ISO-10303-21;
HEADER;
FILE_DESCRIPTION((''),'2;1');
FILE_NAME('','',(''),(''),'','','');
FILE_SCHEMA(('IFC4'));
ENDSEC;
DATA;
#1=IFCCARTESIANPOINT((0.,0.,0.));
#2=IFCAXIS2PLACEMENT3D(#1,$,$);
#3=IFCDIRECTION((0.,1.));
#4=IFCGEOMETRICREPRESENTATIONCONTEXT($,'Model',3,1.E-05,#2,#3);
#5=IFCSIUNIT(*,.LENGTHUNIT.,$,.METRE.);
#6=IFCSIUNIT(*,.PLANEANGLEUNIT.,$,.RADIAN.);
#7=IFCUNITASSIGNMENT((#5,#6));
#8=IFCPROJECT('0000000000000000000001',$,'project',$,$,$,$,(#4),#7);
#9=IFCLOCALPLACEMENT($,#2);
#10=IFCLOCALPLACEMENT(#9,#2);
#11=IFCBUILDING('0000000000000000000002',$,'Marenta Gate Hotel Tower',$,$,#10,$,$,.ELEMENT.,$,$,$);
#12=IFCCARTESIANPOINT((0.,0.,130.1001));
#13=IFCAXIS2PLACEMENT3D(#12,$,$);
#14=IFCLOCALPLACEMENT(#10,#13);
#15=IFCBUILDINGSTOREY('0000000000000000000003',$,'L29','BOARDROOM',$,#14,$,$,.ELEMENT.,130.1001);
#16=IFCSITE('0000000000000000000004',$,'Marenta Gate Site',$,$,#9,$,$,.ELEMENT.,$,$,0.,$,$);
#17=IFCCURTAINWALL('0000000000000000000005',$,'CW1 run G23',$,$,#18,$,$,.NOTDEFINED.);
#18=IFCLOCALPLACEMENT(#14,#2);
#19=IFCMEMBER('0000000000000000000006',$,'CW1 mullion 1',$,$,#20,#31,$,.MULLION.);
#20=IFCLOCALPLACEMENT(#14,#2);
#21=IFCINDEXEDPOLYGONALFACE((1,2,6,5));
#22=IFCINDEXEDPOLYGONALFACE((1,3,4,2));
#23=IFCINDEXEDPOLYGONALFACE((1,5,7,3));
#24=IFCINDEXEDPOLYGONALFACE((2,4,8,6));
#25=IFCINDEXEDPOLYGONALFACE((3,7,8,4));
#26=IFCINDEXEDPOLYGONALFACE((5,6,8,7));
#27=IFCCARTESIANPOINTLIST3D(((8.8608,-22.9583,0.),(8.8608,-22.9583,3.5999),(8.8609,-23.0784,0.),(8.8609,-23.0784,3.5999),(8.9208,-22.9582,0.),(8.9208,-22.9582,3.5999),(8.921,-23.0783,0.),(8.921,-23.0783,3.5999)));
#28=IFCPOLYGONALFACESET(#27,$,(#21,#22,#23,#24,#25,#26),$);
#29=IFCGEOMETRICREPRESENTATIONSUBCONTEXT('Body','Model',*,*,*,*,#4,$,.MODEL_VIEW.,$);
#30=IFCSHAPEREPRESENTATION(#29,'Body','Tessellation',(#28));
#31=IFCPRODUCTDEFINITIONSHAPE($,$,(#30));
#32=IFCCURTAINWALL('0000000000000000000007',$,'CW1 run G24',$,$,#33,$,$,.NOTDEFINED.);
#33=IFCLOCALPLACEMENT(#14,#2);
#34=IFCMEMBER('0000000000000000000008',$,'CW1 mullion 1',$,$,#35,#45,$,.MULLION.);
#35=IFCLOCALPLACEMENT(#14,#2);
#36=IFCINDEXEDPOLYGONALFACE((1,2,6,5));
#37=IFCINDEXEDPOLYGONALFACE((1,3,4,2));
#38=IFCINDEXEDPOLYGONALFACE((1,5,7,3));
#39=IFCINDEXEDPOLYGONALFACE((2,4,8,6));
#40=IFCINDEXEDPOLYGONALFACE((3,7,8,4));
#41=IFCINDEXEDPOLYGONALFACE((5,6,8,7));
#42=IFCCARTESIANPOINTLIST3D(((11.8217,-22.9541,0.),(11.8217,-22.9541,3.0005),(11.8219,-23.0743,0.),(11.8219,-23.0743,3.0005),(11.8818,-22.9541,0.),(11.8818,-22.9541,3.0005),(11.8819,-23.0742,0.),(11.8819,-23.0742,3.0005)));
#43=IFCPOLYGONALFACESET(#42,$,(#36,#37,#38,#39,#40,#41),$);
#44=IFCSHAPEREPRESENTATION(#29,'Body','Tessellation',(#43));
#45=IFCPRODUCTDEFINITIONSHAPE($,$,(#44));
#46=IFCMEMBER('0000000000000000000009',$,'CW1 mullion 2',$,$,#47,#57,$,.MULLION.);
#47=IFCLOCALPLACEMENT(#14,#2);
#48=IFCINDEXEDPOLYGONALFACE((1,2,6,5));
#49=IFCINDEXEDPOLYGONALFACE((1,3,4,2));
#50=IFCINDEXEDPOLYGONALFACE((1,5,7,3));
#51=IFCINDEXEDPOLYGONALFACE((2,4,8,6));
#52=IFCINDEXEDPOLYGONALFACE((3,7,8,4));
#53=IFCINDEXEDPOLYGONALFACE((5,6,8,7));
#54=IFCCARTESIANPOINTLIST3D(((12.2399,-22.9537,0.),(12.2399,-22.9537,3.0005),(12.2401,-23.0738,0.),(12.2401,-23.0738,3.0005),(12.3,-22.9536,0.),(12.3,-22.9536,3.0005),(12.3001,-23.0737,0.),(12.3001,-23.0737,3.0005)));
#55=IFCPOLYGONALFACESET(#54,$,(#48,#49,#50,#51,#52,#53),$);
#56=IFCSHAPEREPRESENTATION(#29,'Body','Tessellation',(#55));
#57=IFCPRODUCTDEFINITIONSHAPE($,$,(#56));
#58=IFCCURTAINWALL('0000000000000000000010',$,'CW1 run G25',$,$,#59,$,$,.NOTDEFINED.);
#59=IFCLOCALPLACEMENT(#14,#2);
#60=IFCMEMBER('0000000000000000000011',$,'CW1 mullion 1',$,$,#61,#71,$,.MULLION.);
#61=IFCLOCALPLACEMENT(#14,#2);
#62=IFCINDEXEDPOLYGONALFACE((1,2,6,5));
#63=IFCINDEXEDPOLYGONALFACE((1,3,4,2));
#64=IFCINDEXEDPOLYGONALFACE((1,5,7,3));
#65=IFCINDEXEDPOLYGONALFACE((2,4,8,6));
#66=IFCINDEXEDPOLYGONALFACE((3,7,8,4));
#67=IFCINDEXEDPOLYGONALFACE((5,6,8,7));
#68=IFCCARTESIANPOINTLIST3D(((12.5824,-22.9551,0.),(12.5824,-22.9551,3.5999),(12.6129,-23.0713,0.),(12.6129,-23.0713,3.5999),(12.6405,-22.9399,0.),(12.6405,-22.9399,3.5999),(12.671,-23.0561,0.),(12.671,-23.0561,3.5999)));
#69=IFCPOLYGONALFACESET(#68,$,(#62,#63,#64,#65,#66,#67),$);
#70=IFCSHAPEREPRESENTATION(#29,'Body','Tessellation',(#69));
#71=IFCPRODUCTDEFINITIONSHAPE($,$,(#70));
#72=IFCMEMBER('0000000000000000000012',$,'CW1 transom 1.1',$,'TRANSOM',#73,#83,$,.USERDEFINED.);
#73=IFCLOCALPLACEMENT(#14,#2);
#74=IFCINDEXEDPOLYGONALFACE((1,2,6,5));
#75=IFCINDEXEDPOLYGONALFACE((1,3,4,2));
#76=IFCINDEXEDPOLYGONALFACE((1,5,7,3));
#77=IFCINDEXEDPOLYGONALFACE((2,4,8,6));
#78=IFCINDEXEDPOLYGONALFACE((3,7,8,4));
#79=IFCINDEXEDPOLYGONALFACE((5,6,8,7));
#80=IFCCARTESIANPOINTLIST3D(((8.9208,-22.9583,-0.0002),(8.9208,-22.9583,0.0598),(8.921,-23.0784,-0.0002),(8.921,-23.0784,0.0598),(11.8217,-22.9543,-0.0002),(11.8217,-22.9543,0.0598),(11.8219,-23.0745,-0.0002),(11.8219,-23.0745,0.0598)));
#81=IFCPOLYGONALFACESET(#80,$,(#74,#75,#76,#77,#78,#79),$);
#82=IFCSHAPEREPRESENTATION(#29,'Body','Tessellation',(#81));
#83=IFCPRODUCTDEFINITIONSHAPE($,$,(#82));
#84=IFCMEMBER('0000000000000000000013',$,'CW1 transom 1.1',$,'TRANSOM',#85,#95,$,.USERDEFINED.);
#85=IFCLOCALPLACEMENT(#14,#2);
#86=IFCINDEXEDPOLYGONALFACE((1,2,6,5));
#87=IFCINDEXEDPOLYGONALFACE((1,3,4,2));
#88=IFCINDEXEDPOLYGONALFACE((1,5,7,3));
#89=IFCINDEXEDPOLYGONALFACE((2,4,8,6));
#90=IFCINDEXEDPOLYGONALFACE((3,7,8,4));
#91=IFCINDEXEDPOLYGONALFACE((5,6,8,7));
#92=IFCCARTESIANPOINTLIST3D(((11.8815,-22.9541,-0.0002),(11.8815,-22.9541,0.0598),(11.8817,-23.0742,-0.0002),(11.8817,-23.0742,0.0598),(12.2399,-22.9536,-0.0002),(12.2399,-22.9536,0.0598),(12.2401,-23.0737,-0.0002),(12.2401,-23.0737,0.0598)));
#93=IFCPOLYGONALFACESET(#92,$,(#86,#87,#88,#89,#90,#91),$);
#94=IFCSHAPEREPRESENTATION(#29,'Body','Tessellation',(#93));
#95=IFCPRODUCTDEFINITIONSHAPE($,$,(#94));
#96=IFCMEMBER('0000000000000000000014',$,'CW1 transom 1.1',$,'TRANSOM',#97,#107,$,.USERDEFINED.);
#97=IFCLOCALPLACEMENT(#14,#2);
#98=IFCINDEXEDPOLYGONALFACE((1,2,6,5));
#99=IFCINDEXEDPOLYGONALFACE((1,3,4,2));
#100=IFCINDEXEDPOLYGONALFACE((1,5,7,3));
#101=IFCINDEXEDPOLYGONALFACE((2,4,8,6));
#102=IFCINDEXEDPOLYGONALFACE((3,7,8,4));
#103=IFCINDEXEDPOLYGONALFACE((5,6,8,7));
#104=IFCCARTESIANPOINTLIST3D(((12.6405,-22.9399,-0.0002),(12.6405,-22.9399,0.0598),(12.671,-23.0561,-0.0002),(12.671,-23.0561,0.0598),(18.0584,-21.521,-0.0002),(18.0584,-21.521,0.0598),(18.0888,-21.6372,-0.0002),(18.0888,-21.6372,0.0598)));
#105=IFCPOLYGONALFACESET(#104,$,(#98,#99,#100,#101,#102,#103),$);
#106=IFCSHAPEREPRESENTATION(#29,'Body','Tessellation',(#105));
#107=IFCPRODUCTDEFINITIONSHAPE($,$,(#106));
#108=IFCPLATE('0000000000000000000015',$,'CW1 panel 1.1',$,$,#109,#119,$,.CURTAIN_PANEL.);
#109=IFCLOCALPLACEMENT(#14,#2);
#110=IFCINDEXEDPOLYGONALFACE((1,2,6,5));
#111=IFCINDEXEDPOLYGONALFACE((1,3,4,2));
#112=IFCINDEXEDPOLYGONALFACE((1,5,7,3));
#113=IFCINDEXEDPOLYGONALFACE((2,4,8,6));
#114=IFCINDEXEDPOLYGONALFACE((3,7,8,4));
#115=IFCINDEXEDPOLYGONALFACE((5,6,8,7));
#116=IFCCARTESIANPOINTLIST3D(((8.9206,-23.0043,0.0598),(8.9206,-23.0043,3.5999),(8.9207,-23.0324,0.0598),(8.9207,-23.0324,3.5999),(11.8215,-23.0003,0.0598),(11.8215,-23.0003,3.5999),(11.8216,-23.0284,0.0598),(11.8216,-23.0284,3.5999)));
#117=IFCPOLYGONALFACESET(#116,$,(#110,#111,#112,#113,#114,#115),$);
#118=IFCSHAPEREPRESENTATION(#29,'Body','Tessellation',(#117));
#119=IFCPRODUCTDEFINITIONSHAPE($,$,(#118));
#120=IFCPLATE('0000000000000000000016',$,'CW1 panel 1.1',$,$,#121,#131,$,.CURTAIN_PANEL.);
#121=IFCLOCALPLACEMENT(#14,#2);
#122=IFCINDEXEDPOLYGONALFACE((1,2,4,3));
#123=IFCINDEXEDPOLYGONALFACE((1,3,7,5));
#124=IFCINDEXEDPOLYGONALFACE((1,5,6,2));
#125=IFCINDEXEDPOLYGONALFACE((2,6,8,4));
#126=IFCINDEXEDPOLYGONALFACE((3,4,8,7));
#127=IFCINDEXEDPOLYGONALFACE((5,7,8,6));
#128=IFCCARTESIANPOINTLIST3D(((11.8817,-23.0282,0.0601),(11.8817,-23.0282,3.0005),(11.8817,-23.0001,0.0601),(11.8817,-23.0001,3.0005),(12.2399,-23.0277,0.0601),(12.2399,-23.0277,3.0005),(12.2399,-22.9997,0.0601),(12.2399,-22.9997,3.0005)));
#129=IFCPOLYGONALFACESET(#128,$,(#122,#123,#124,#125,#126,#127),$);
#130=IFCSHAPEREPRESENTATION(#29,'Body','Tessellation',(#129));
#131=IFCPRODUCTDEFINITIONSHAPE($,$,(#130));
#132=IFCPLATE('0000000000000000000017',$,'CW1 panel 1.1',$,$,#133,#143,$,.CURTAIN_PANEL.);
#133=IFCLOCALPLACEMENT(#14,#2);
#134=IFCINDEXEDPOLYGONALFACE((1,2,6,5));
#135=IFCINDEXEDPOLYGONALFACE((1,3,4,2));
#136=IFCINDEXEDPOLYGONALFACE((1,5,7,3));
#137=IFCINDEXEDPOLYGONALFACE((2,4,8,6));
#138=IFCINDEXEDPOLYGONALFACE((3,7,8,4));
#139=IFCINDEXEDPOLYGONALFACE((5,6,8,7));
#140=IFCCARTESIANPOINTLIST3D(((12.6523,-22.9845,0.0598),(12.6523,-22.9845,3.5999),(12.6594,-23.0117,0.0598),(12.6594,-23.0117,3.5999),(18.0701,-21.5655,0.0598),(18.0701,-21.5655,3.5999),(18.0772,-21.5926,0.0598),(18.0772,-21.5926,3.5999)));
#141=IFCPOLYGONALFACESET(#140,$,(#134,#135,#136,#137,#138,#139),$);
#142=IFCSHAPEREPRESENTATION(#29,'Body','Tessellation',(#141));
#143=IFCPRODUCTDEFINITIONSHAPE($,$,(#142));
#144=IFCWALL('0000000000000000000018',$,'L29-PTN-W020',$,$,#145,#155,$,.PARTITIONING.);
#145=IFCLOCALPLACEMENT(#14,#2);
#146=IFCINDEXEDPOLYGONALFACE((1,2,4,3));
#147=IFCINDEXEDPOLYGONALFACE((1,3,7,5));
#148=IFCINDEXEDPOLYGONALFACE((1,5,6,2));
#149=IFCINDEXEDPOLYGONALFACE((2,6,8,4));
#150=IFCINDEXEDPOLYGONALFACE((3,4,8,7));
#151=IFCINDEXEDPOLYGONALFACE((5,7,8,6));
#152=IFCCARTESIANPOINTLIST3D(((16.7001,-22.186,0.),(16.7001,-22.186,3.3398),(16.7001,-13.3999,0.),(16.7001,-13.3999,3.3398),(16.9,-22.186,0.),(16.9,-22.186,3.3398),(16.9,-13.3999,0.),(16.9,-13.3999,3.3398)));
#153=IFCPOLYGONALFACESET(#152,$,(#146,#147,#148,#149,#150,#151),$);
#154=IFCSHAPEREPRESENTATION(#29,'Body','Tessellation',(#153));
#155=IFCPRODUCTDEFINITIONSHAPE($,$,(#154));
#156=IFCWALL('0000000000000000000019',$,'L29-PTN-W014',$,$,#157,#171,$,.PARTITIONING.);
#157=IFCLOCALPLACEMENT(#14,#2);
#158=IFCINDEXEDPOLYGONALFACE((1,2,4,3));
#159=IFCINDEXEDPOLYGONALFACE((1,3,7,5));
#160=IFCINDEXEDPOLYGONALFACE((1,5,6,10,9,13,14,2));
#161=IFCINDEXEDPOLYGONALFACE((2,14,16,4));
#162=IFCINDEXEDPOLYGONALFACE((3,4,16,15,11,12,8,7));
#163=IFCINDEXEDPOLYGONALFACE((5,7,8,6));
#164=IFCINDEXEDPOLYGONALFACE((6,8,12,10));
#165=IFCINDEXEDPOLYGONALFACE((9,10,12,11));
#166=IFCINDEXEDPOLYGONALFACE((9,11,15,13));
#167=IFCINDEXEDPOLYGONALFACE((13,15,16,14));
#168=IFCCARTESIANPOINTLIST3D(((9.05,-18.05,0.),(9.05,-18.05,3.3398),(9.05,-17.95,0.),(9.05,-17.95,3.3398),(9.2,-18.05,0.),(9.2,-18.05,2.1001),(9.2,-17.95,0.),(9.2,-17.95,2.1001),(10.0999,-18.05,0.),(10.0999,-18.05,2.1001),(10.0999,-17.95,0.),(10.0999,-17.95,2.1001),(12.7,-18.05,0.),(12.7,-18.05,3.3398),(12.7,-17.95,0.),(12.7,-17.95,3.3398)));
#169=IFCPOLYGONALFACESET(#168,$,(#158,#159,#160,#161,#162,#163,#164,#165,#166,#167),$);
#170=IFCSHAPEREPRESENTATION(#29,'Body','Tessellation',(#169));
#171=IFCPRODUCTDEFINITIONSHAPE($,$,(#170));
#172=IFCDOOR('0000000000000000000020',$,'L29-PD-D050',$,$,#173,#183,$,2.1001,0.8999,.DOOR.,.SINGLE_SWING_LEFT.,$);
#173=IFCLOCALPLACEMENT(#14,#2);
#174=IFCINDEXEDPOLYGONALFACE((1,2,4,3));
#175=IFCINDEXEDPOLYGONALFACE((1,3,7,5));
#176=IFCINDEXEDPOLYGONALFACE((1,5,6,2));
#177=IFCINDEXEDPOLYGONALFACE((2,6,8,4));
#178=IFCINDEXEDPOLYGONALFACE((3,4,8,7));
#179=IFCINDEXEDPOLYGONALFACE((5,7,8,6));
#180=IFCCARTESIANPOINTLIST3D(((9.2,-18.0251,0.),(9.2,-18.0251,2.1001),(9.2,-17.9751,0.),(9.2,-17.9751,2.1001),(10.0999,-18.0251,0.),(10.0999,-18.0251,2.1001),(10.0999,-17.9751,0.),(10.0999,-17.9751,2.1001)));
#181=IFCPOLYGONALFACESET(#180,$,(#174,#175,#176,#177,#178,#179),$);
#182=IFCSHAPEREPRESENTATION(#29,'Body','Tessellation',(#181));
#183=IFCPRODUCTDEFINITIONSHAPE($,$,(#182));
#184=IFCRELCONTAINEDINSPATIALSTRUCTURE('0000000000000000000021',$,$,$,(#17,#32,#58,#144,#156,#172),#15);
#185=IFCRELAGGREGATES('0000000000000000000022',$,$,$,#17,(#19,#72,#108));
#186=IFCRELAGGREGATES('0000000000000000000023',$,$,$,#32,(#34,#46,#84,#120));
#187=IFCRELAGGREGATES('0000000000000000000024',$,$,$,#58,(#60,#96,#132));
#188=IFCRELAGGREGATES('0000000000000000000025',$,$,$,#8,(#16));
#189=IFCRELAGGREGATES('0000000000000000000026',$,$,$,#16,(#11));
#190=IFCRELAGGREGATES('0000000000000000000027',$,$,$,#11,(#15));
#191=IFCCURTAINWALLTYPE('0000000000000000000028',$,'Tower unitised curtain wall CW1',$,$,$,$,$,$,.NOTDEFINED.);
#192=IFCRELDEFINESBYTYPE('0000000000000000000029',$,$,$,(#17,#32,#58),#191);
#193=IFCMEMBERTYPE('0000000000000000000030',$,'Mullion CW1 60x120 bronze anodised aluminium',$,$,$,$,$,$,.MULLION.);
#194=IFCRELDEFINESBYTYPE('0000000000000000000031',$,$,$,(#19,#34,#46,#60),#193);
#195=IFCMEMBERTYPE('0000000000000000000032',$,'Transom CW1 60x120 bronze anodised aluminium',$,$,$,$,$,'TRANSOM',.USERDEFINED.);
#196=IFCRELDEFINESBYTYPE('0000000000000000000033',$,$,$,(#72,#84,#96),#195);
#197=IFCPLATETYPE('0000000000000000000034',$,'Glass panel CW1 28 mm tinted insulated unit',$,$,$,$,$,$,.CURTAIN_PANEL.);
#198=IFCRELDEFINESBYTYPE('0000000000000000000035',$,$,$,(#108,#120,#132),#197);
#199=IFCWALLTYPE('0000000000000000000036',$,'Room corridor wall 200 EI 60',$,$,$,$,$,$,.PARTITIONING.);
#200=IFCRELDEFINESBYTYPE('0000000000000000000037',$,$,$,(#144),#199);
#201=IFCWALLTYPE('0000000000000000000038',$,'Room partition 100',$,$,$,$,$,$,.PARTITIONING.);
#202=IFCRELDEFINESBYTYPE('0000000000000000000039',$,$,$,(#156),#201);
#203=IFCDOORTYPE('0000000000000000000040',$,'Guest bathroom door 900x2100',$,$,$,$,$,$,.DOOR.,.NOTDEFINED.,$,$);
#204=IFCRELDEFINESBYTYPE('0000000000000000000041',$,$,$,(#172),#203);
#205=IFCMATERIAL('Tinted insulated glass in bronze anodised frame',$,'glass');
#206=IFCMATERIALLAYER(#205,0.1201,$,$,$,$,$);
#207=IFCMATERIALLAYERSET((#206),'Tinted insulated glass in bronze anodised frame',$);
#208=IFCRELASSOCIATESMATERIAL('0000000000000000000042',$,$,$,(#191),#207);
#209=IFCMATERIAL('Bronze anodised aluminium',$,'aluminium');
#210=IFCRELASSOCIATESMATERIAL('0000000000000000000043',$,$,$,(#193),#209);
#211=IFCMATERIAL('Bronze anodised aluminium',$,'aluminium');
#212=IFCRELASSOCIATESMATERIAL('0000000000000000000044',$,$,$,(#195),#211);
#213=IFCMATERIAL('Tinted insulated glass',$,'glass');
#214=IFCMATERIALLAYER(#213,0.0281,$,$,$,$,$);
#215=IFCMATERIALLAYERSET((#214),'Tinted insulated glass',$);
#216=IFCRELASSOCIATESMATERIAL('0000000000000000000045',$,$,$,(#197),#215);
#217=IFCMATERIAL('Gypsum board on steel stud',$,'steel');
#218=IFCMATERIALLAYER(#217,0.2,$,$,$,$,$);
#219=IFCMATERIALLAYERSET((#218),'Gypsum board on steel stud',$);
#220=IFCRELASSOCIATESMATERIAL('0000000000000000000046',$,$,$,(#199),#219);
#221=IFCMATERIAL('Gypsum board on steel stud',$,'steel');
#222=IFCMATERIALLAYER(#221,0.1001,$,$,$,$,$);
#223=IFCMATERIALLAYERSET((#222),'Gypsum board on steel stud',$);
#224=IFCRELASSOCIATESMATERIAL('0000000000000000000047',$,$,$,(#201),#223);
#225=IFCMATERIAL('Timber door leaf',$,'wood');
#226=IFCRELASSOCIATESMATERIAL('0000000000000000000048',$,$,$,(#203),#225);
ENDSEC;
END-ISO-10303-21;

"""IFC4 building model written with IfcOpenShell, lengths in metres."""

from ifc_helpers import new_model, si_unit, direction, frame, frame_2d, origin, origin_2d, place, context, subcontext, project, spatial, rectangle, extrude, material, layer, layer_set, material_profile, profile_set, type_object, element, fill, aggregate, save


model = new_model("IFC4")

# Units and contexts
model_context = context("Model", 3, precision=1e-05, world=origin(), true_north=direction((0.0, 1.0)))
body_context = subcontext(model_context, "Body", "Model", "MODEL_VIEW")
ifc_project = project(units=[si_unit("LENGTHUNIT", "METRE"), si_unit("PLANEANGLEUNIT", "RADIAN")], contexts=[model_context])

# Site, building, storey
site_placement = place(None, origin())
site = spatial("IfcSite", under=ifc_project, at=site_placement, Name="Marenta Gate Site", CompositionType="ELEMENT", RefElevation=0.0)
building_placement = place(site_placement, origin())
building = spatial("IfcBuilding", under=site, at=building_placement, Name="Marenta Gate Hotel Tower", CompositionType="ELEMENT")
storey_placement = place(building_placement, frame((0.0, 0.0, 130.1001)))
storey = spatial("IfcBuildingStorey", under=building, at=storey_placement, Name="L29", Description="BOARDROOM", CompositionType="ELEMENT", Elevation=130.1001)

# Curtain wall, member
ifc_material_1 = material(Name="Tinted insulated glass in bronze anodised frame", Category="glass")
ifc_layer_1 = layer(ifc_material_1, 0.1201)
ifc_layer_set_1 = layer_set([ifc_layer_1], Name="Tinted insulated glass in bronze anodised frame")
curtain_wall_type = type_object("IfcCurtainWallType", Name="Tower unitised curtain wall CW1", PredefinedType="NOTDEFINED", material=ifc_layer_set_1)
curtain_wall_1_placement = place(storey_placement, origin())
curtain_wall_1 = element("IfcCurtainWall", 1, at=curtain_wall_1_placement, inside=storey, type_object=curtain_wall_type, Name="CW1 run G23", PredefinedType="NOTDEFINED")
ifc_material_2 = material(Name="Bronze anodised aluminium", Category="aluminium")
ifc_material_profile_1 = material_profile(ifc_material_2, rectangle(XDim=0.1201, YDim=0.0601, at=origin_2d()), Name="Mullion CW1 60x120 bronze anodised aluminium")
ifc_profile_set_1 = profile_set([ifc_material_profile_1], Name="Bronze anodised aluminium")
member_type_1 = type_object("IfcMemberType", Name="Mullion CW1 60x120 bronze anodised aluminium", PredefinedType="MULLION", material=ifc_profile_set_1)
member_1_placement = place(storey_placement, frame((8.8909, -23.0183, 0.0), z_axis=(0.0, 0.0, 1.0), x_axis=(-0.001385, 0.999999, 0.0)))
member_1 = element("IfcMember", 2, at=member_1_placement, type_object=member_type_1, Name="CW1 mullion 1", PredefinedType="MULLION", context=body_context, shape_type="SweptSolid", body=[
    extrude(rectangle(XDim=0.1201, YDim=0.0601, at=origin_2d()), origin(), (0.0, 0.0, 1.0), 3.5999),
])

# Curtain wall, members
curtain_wall_2_placement = place(storey_placement, origin())
curtain_wall_2 = element("IfcCurtainWall", 3, at=curtain_wall_2_placement, inside=storey, type_object=curtain_wall_type, Name="CW1 run G24", PredefinedType="NOTDEFINED")
member_2_placement = place(storey_placement, frame((11.8518, -23.0142, 0.0), z_axis=(0.0, 0.0, 1.0), x_axis=(-0.001255, 0.999999, 0.0)))
member_2 = element("IfcMember", 4, at=member_2_placement, type_object=member_type_1, Name="CW1 mullion 1", PredefinedType="MULLION", context=body_context, shape_type="SweptSolid", body=[
    extrude(rectangle(XDim=0.1201, YDim=0.0601, at=origin_2d()), origin(), (0.0, 0.0, 1.0), 3.0005),
])
member_3_placement = place(storey_placement, frame((12.27, -23.0137, 0.0), z_axis=(0.0, 0.0, 1.0), x_axis=(-0.001255, 0.999999, 0.0)))
member_3 = element("IfcMember", 5, at=member_3_placement, type_object=member_type_1, Name="CW1 mullion 2", PredefinedType="MULLION", context=body_context, shape_type="SweptSolid", body=[
    extrude(rectangle(XDim=0.1201, YDim=0.0601, at=origin_2d()), origin(), (0.0, 0.0, 1.0), 3.0005),
])

# Curtain wall, member
curtain_wall_3_placement = place(storey_placement, origin())
curtain_wall_3 = element("IfcCurtainWall", 6, at=curtain_wall_3_placement, inside=storey, type_object=curtain_wall_type, Name="CW1 run G25", PredefinedType="NOTDEFINED")
member_4_placement = place(storey_placement, frame((12.6267, -23.0056, 0.0), z_axis=(0.0, 0.0, 1.0), x_axis=(-0.253374, 0.967368, 0.0)))
member_4 = element("IfcMember", 7, at=member_4_placement, type_object=member_type_1, Name="CW1 mullion 1", PredefinedType="MULLION", context=body_context, shape_type="SweptSolid", body=[
    extrude(rectangle(XDim=0.1201, YDim=0.0601, at=origin_2d()), origin(), (0.0, 0.0, 1.0), 3.5999),
])

# Members
ifc_material_3 = material(Name="Bronze anodised aluminium", Category="aluminium")
ifc_material_profile_2 = material_profile(ifc_material_3, rectangle(XDim=0.1201, YDim=0.0601, at=origin_2d()), Name="Transom CW1 60x120 bronze anodised aluminium")
ifc_profile_set_2 = profile_set([ifc_material_profile_2], Name="Bronze anodised aluminium")
member_type_2 = type_object("IfcMemberType", Name="Transom CW1 60x120 bronze anodised aluminium", ElementType="TRANSOM", PredefinedType="USERDEFINED", material=ifc_profile_set_2)
member_5_placement = place(storey_placement, frame((8.9209, -23.0183, 0.0298), z_axis=(0.999999, 0.001347, 0.0), x_axis=(-0.001347, 0.999999, 0.0)))
member_5 = element("IfcMember", 8, at=member_5_placement, type_object=member_type_2, Name="CW1 transom 1.1", ObjectType="TRANSOM", PredefinedType="USERDEFINED", context=body_context, shape_type="SweptSolid", body=[
    extrude(rectangle(XDim=0.1201, YDim=0.0601, at=origin_2d()), origin(), (0.0, 0.0, 1.0), 2.9009),
])
member_6_placement = place(storey_placement, frame((11.8816, -23.0142, 0.0298), z_axis=(0.999999, 0.001362, 0.0), x_axis=(-0.001362, 0.999999, 0.0)))
member_6 = element("IfcMember", 9, at=member_6_placement, type_object=member_type_2, Name="CW1 transom 1.1", ObjectType="TRANSOM", PredefinedType="USERDEFINED", context=body_context, shape_type="SweptSolid", body=[
    extrude(rectangle(XDim=0.1201, YDim=0.0601, at=origin_2d()), origin(), (0.0, 0.0, 1.0), 0.3584),
])
member_7_placement = place(storey_placement, frame((12.6558, -22.998, 0.0298), z_axis=(0.967374, 0.253352, 0.0), x_axis=(-0.253352, 0.967374, 0.0)))
member_7 = element("IfcMember", 10, at=member_7_placement, type_object=member_type_2, Name="CW1 transom 1.1", ObjectType="TRANSOM", PredefinedType="USERDEFINED", context=body_context, shape_type="SweptSolid", body=[
    extrude(rectangle(XDim=0.1201, YDim=0.0601, at=origin_2d()), origin(), (0.0, 0.0, 1.0), 5.6006),
])

# Plates
ifc_material_4 = material(Name="Tinted insulated glass", Category="glass")
ifc_layer_2 = layer(ifc_material_4, 0.0281)
ifc_layer_set_2 = layer_set([ifc_layer_2], Name="Tinted insulated glass")
plate_type = type_object("IfcPlateType", Name="Glass panel CW1 28 mm tinted insulated unit", PredefinedType="CURTAIN_PANEL", material=ifc_layer_set_2)
plate_1_placement = place(storey_placement, frame((10.3711, -23.0164, 0.0598), z_axis=(0.0, 0.0, 1.0), x_axis=(0.999999, 0.001385, 0.0)))
plate_1 = element("IfcPlate", 11, at=plate_1_placement, type_object=plate_type, Name="CW1 panel 1.1", PredefinedType="CURTAIN_PANEL", context=body_context, shape_type="SweptSolid", body=[
    extrude(rectangle(XDim=2.9009, YDim=0.0281, at=origin_2d()), origin(), (0.0, 0.0, 1.0), 3.54),
])
aggregate(curtain_wall_1, [member_1, member_5, plate_1])
plate_2_placement = place(storey_placement, frame((12.0608, -23.0139, 0.0601), z_axis=(0.0, 0.0, 1.0), x_axis=(0.999999, 0.001255, 0.0)))
plate_2 = element("IfcPlate", 12, at=plate_2_placement, type_object=plate_type, Name="CW1 panel 1.1", PredefinedType="CURTAIN_PANEL", context=body_context, shape_type="SweptSolid", body=[
    extrude(rectangle(XDim=0.3582, YDim=0.0281, at=origin_2d()), origin(), (0.0, 0.0, 1.0), 2.9404),
])
aggregate(curtain_wall_2, [member_2, member_3, member_6, plate_2])
plate_3_placement = place(storey_placement, frame((15.3647, -22.2886, 0.0598), z_axis=(0.0, 0.0, 1.0), x_axis=(0.967368, 0.253374, 0.0)))
plate_3 = element("IfcPlate", 13, at=plate_3_placement, type_object=plate_type, Name="CW1 panel 1.1", PredefinedType="CURTAIN_PANEL", context=body_context, shape_type="SweptSolid", body=[
    extrude(rectangle(XDim=5.6006, YDim=0.0281, at=origin_2d()), origin(), (0.0, 0.0, 1.0), 3.54),
])
aggregate(curtain_wall_3, [member_4, member_7, plate_3])

# Wall
ifc_material_5 = material(Name="Gypsum board on steel stud", Category="steel")
ifc_layer_3 = layer(ifc_material_5, 0.2)
ifc_layer_set_3 = layer_set([ifc_layer_3], Name="Gypsum board on steel stud")
wall_type_1 = type_object("IfcWallType", Name="Room corridor wall 200 EI 60", PredefinedType="PARTITIONING", material=ifc_layer_set_3)
wall_1_placement = place(storey_placement, frame((16.8, -22.186, 0.0), z_axis=(0.0, 0.0, 1.0), x_axis=(0.0, 1.0, 0.0)))
element("IfcWall", 14, at=wall_1_placement, inside=storey, type_object=wall_type_1, Name="L29-PTN-W020", PredefinedType="PARTITIONING", context=body_context, shape_type="SweptSolid", body=[
    extrude(rectangle(XDim=8.7861, YDim=0.2, at=frame_2d((4.3931, 0.0))), origin(), (0.0, 0.0, 1.0), 3.3398),
])

# Wall, opening, door
ifc_material_6 = material(Name="Gypsum board on steel stud", Category="steel")
ifc_layer_4 = layer(ifc_material_6, 0.1001)
ifc_layer_set_4 = layer_set([ifc_layer_4], Name="Gypsum board on steel stud")
wall_type_2 = type_object("IfcWallType", Name="Room partition 100", PredefinedType="PARTITIONING", material=ifc_layer_set_4)
wall_2_placement = place(storey_placement, frame((9.05, -18.0, 0.0), z_axis=(0.0, 0.0, 1.0), x_axis=(1.0, 0.0, 0.0)))
wall_2 = element("IfcWall", 15, at=wall_2_placement, inside=storey, type_object=wall_type_2, Name="L29-PTN-W014", PredefinedType="PARTITIONING", context=body_context, shape_type="SweptSolid", body=[
    extrude(rectangle(XDim=3.6499, YDim=0.1001, at=frame_2d((1.825, 0.0))), origin(), (0.0, 0.0, 1.0), 3.3398),
])
opening_placement = place(wall_2_placement, frame((0.1499, 0.0, 0.0)))
opening = element("IfcOpeningElement", 16, at=opening_placement, cuts=wall_2, PredefinedType="OPENING", context=body_context, shape_type="SweptSolid", body=[
    extrude(rectangle(XDim=0.8999, YDim=2.1001, at=frame_2d((0.45, 1.05))), frame((0.0, 0.05, 0.0), z_axis=(0.0, -1.0, 0.0), x_axis=(1.0, 0.0, 0.0)), (0.0, 0.0, 1.0), 0.1001),
])
ifc_material_7 = material(Name="Timber door leaf", Category="wood")
door_type = type_object("IfcDoorType", Name="Guest bathroom door 900x2100", OperationType="NOTDEFINED", PredefinedType="DOOR", material=ifc_material_7)
door_placement = place(opening_placement, origin())
door = element("IfcDoor", 17, at=door_placement, inside=storey, type_object=door_type, Name="L29-PD-D050", OperationType="SINGLE_SWING_LEFT", OverallHeight=2.1001, OverallWidth=0.8999, PredefinedType="DOOR", context=body_context, shape_type="SweptSolid", body=[
    extrude(rectangle(XDim=0.8999, YDim=2.1001, at=frame_2d((0.45, 1.05))), frame((0.0, 0.0249, 0.0), z_axis=(0.0, -1.0, 0.0), x_axis=(1.0, 0.0, 0.0)), (0.0, 0.0, 1.0), 0.05),
])
fill(opening, door)

save(model, "model.ifc")
